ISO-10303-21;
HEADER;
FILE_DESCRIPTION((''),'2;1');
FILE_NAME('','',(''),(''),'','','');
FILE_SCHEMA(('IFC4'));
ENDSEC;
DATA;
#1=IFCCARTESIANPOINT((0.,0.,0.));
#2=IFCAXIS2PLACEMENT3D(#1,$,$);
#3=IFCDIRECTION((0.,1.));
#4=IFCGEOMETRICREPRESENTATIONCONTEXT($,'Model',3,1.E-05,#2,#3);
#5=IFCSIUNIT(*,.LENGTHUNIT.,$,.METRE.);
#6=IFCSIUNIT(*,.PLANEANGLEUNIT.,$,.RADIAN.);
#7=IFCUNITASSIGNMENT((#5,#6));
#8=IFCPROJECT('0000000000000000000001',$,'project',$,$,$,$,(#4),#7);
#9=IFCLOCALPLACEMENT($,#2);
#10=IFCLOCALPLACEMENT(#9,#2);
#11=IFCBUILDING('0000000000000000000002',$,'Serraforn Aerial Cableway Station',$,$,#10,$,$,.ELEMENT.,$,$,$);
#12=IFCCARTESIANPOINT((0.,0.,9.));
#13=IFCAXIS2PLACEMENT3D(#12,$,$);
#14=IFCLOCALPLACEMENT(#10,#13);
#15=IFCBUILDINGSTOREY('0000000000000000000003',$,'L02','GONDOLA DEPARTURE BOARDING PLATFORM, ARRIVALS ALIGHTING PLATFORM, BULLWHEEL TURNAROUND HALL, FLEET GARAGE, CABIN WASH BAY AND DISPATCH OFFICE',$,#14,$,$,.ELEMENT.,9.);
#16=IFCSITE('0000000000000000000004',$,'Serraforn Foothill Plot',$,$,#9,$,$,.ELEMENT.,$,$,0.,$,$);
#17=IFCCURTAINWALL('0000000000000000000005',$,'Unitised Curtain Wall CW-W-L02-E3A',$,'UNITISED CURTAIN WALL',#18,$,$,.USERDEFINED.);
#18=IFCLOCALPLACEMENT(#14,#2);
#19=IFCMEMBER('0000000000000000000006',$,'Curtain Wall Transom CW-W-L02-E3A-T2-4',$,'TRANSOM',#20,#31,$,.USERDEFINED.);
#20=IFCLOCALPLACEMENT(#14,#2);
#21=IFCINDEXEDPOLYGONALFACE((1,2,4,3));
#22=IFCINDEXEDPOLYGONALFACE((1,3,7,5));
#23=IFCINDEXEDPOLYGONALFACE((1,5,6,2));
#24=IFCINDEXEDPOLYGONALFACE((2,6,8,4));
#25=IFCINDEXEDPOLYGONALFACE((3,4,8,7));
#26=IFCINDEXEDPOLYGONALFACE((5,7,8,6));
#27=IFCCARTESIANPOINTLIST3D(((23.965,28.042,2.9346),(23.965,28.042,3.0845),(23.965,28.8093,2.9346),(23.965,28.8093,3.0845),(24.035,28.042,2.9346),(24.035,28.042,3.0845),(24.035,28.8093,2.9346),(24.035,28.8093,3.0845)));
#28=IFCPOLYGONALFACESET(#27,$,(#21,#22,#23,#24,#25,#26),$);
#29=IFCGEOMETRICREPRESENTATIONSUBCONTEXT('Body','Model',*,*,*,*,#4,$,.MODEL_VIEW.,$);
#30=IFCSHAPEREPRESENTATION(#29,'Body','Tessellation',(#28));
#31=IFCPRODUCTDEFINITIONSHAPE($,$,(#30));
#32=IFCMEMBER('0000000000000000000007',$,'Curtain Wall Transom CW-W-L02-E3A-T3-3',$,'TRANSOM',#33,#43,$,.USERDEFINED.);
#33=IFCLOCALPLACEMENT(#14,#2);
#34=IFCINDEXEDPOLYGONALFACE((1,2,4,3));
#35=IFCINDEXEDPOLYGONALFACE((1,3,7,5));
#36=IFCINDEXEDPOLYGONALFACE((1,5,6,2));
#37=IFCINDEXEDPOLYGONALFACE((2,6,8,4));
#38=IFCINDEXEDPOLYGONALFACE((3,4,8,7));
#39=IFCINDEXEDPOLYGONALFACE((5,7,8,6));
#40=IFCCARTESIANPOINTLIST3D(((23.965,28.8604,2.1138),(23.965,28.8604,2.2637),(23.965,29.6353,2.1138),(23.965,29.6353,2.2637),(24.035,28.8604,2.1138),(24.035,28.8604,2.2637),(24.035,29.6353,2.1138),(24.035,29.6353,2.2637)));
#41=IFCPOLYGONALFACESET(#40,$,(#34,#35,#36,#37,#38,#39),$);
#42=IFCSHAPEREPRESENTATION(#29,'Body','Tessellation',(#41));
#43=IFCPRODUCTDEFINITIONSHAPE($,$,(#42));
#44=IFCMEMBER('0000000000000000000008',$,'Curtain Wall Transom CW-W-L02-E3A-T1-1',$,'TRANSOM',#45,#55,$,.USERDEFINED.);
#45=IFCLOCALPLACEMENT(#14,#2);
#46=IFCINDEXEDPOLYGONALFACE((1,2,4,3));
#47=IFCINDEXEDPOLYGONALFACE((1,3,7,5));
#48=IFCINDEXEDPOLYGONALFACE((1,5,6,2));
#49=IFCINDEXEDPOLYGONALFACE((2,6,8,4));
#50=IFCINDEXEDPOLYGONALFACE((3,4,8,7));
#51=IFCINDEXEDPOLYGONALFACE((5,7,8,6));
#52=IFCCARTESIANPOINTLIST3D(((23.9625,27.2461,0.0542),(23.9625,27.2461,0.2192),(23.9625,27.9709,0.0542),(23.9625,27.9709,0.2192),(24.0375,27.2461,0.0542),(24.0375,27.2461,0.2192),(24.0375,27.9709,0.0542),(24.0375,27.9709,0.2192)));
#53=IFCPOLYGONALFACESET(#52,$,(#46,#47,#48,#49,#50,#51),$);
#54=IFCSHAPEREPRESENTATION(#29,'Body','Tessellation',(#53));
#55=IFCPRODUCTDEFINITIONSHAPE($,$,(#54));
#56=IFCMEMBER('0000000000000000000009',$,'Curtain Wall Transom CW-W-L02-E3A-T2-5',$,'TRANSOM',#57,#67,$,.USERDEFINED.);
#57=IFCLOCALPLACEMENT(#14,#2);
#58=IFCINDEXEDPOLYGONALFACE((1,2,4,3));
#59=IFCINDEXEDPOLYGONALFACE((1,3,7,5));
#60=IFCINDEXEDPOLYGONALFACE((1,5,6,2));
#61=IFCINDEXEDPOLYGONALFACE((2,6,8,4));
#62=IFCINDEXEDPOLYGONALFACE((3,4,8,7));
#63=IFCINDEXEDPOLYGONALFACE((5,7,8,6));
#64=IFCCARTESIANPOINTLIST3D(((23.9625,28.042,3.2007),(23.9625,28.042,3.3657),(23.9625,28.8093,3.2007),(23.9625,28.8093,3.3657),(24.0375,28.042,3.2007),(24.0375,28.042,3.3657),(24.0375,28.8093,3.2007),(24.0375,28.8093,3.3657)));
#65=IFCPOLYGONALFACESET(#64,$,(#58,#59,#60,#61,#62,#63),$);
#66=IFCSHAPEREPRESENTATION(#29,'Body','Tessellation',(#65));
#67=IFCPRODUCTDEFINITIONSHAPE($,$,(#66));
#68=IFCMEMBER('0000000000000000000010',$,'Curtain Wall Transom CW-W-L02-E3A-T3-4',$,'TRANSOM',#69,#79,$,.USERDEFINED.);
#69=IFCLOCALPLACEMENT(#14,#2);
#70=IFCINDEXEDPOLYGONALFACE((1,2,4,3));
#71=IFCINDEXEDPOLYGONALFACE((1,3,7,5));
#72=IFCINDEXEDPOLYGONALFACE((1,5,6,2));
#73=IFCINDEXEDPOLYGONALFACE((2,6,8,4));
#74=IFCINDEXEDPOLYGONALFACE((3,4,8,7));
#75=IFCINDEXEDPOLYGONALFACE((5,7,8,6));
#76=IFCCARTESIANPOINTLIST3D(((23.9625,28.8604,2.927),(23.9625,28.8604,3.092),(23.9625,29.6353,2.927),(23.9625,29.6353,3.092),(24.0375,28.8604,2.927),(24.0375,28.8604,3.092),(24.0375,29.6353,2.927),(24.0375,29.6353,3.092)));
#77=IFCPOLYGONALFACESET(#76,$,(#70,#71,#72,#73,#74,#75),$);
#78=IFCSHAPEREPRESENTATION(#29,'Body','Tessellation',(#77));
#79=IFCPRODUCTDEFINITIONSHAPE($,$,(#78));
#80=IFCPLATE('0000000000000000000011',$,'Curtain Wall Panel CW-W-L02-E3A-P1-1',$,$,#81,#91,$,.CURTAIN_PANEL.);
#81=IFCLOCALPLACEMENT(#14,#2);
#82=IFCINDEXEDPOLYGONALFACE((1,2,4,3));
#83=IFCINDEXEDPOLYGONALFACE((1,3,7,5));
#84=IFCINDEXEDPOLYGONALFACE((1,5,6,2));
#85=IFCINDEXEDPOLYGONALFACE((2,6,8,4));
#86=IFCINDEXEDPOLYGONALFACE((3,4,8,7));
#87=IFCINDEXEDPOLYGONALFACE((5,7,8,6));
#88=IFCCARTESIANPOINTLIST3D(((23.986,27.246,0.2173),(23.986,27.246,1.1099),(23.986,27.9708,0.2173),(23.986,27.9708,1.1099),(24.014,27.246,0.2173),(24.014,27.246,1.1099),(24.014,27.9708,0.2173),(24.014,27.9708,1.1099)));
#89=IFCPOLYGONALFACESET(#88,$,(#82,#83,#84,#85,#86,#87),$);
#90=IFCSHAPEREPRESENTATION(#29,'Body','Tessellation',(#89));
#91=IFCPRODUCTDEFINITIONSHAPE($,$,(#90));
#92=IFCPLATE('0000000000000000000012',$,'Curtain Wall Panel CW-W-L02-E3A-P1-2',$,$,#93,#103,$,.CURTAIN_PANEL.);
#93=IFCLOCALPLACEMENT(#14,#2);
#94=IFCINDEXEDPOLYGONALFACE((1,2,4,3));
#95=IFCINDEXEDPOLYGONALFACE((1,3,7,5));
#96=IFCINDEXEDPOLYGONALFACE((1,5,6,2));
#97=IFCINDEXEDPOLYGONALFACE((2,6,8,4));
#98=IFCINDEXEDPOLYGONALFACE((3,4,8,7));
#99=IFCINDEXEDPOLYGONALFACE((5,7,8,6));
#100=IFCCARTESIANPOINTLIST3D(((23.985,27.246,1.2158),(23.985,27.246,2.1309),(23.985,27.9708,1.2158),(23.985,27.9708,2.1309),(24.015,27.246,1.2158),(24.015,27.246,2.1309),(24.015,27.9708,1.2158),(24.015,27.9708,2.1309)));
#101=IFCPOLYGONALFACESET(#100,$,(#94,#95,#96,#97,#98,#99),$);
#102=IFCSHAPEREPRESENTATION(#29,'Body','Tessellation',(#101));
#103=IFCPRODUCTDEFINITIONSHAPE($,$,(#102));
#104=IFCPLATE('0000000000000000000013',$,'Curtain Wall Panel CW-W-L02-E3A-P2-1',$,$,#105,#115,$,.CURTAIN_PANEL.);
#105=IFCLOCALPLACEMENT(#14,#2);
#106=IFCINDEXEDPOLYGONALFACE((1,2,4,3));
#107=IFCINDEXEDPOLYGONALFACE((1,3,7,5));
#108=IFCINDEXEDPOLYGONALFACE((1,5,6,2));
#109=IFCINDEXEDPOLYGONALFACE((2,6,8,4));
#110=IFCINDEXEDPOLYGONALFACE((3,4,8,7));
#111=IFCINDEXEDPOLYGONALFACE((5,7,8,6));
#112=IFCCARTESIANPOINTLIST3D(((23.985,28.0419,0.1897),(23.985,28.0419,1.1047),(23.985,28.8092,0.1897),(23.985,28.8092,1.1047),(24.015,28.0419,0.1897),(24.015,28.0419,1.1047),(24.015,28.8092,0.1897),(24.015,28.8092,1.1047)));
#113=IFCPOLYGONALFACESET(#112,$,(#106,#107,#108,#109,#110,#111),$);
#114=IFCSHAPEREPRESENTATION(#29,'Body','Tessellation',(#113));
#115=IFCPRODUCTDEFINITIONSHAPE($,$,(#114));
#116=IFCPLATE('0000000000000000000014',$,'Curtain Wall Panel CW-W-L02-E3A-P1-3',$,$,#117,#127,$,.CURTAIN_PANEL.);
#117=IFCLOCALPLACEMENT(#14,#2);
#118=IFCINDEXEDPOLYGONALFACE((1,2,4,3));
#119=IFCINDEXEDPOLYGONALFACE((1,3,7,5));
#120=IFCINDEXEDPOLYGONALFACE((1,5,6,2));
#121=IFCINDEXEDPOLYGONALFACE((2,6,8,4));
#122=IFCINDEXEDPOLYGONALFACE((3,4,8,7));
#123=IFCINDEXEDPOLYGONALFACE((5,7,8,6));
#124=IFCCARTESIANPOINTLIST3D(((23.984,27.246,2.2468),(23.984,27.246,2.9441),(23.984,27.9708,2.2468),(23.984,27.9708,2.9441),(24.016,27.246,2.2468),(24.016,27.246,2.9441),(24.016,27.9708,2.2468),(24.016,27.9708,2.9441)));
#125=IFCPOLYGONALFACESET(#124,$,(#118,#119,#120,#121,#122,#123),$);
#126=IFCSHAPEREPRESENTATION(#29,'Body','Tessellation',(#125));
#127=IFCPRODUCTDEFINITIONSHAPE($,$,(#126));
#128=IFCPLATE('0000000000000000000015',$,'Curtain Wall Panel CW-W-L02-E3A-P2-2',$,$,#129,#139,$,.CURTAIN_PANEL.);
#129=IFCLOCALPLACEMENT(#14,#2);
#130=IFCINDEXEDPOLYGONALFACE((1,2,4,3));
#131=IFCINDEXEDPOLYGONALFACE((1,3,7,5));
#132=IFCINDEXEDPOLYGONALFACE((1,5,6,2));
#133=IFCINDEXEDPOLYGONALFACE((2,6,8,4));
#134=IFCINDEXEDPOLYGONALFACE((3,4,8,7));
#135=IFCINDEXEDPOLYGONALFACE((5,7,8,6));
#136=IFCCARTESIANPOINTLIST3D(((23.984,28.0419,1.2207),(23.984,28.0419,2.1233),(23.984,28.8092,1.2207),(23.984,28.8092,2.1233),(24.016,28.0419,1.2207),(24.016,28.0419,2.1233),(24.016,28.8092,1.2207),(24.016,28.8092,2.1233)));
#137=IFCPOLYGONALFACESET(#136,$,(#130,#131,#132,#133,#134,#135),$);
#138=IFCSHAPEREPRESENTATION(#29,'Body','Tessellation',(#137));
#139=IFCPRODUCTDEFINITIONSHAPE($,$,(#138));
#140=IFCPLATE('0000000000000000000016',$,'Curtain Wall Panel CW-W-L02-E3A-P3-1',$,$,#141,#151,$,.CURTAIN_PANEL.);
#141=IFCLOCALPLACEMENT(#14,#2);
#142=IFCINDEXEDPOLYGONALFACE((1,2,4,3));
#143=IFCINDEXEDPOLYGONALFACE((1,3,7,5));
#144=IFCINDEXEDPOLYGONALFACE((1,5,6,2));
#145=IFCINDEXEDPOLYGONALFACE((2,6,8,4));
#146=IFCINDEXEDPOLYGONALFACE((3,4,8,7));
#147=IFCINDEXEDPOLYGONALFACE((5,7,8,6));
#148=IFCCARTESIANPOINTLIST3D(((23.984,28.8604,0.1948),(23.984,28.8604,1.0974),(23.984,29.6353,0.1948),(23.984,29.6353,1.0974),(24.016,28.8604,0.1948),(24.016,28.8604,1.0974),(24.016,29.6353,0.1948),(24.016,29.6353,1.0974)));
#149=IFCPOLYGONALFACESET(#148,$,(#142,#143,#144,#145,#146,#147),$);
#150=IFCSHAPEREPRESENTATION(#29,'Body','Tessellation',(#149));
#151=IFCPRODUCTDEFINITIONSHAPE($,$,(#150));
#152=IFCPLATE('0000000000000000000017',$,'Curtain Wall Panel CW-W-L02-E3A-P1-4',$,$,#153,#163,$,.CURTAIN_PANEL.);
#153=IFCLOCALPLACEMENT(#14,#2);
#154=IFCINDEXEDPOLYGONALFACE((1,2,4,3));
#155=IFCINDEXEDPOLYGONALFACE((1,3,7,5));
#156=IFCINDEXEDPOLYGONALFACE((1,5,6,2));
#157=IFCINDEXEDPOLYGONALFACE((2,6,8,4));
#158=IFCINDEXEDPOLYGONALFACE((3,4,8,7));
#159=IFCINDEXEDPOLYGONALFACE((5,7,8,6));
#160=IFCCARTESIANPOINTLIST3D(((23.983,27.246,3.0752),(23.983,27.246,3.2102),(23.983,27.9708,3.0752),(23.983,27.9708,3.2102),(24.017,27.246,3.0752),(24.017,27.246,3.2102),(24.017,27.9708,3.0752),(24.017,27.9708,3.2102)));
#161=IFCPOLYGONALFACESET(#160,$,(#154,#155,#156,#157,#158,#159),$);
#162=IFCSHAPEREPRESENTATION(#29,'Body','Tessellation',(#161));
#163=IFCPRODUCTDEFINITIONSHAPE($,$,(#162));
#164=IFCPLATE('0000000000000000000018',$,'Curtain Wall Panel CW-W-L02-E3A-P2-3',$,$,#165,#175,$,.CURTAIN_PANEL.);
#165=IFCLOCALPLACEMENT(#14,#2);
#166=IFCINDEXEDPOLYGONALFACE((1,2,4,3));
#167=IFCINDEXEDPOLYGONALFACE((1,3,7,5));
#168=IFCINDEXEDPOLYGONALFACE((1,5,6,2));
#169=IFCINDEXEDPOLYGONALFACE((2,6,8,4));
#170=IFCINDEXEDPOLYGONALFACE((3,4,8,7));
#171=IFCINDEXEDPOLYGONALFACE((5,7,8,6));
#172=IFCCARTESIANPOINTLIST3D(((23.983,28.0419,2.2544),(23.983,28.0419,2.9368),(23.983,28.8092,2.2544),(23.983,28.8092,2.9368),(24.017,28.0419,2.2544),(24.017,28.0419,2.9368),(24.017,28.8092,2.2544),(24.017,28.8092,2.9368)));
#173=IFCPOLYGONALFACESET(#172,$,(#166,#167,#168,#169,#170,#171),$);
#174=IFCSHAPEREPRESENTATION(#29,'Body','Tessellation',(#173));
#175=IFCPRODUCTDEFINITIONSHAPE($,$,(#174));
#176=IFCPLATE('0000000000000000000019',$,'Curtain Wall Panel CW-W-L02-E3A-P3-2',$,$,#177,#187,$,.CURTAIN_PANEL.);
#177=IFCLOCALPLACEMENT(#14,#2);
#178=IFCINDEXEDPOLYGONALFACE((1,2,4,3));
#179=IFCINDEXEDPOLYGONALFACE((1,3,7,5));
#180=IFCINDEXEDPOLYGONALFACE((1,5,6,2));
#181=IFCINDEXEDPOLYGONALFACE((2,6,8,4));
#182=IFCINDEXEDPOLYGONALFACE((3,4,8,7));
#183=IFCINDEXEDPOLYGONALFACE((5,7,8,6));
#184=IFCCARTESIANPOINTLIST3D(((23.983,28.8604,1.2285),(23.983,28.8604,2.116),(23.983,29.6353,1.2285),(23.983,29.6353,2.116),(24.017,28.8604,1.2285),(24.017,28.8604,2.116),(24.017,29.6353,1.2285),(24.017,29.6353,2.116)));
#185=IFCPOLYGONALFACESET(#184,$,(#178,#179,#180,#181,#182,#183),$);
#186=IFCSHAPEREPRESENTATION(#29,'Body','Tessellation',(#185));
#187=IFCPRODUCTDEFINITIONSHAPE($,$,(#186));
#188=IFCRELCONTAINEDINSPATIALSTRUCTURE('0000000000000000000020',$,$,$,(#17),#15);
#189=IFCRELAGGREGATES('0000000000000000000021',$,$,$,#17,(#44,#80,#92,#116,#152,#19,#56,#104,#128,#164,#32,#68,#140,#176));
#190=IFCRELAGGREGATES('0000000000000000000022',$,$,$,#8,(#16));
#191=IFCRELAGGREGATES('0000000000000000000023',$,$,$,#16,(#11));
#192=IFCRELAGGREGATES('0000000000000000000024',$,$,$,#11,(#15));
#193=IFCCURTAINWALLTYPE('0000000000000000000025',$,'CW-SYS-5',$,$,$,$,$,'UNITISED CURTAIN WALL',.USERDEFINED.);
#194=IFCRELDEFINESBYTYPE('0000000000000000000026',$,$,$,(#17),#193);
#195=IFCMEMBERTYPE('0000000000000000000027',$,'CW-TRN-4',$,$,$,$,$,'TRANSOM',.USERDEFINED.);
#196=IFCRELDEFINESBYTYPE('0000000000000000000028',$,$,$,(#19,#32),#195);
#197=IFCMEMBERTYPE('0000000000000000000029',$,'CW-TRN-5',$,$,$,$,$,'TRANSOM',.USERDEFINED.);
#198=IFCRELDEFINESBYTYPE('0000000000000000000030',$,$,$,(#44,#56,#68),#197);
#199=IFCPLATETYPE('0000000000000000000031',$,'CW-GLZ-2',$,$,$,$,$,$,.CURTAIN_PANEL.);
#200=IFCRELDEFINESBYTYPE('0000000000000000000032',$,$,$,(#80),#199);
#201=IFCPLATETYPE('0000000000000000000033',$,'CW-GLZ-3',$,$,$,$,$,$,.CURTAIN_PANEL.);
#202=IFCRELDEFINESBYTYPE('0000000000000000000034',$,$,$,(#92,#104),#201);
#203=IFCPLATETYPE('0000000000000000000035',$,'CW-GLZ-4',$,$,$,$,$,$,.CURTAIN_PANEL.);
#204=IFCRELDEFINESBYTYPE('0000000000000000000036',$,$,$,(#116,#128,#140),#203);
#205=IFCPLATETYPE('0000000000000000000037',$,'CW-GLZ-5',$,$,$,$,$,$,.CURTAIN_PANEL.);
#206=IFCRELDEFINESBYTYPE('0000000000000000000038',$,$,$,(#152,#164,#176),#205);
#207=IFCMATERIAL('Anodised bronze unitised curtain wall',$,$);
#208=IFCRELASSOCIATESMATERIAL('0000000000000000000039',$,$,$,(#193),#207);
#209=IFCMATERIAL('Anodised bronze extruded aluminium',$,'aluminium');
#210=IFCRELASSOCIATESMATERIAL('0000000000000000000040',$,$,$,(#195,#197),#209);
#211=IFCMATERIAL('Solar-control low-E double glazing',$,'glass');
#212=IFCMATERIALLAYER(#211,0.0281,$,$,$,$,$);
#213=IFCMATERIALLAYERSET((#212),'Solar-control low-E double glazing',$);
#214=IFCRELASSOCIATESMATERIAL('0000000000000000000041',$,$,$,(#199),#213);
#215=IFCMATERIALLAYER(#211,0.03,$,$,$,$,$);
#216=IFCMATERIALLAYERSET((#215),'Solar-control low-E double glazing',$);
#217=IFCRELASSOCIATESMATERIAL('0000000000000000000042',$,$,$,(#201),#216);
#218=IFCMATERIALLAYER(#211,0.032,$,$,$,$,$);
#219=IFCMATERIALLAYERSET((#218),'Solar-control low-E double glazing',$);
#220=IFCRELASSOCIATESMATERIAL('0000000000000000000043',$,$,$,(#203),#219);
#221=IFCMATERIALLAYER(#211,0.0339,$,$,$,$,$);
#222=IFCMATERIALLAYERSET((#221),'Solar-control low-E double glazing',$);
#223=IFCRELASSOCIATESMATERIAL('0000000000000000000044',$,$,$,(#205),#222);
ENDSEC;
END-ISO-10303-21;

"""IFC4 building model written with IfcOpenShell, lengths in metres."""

from ifc_helpers import new_model, si_unit, direction, frame, origin, origin_2d, place, context, subcontext, project, spatial, rectangle, extrude, material, layer, layer_set, material_profile, profile_set, type_object, element, aggregate, save


model = new_model("IFC4")

# Units and contexts
model_context = context("Model", 3, precision=1e-05, world=origin(), true_north=direction((0.0, 1.0)))
body_context = subcontext(model_context, "Body", "Model", "MODEL_VIEW")
ifc_project = project(units=[si_unit("LENGTHUNIT", "METRE"), si_unit("PLANEANGLEUNIT", "RADIAN")], contexts=[model_context])

# Site, building, storey
site_placement = place(None, origin())
site = spatial("IfcSite", under=ifc_project, at=site_placement, Name="Serraforn Foothill Plot", CompositionType="ELEMENT", RefElevation=0.0)
building_placement = place(site_placement, origin())
building = spatial("IfcBuilding", under=site, at=building_placement, Name="Serraforn Aerial Cableway Station", CompositionType="ELEMENT")
storey_placement = place(building_placement, frame((0.0, 0.0, 9.0)))
storey = spatial("IfcBuildingStorey", under=building, at=storey_placement, Name="L02", Description="GONDOLA DEPARTURE BOARDING PLATFORM, ARRIVALS ALIGHTING PLATFORM, BULLWHEEL TURNAROUND HALL, FLEET GARAGE, CABIN WASH BAY AND DISPATCH OFFICE", CompositionType="ELEMENT", Elevation=9.0)

# Curtain wall, members, plates
ifc_material_1 = material(Name="Anodised bronze unitised curtain wall")
curtain_wall_type = type_object("IfcCurtainWallType", Name="CW-SYS-5", ElementType="UNITISED CURTAIN WALL", PredefinedType="USERDEFINED", material=ifc_material_1)
curtain_wall_placement = place(storey_placement, origin())
curtain_wall = element("IfcCurtainWall", 1, at=curtain_wall_placement, inside=storey, type_object=curtain_wall_type, Name="Unitised Curtain Wall CW-W-L02-E3A", ObjectType="UNITISED CURTAIN WALL", PredefinedType="USERDEFINED")
ifc_material_2 = material(Name="Anodised bronze extruded aluminium", Category="aluminium")
ifc_material_profile_1 = material_profile(ifc_material_2, rectangle(XDim=0.0701, YDim=0.1499, at=origin_2d()), Name="CW TRANSOM 70x150")
ifc_profile_set_1 = profile_set([ifc_material_profile_1], Name="Anodised bronze extruded aluminium")
member_type_1 = type_object("IfcMemberType", Name="CW-TRN-4", ElementType="TRANSOM", PredefinedType="USERDEFINED", material=ifc_profile_set_1)
member_1_placement = place(storey_placement, frame((24.0, 28.042, 3.0095), z_axis=(0.0, 1.0, 0.0), x_axis=(-1.0, 0.0, 0.0)))
member_1 = element("IfcMember", 2, at=member_1_placement, type_object=member_type_1, Name="Curtain Wall Transom CW-W-L02-E3A-T2-4", ObjectType="TRANSOM", PredefinedType="USERDEFINED", context=body_context, shape_type="SweptSolid", body=[
    extrude(rectangle(XDim=0.0701, YDim=0.1499, at=origin_2d()), origin(), (0.0, 0.0, 1.0), 0.7673),
])
member_2_placement = place(storey_placement, frame((24.0, 28.8604, 2.1887), z_axis=(0.0, 1.0, 0.0), x_axis=(-1.0, 0.0, 0.0)))
member_2 = element("IfcMember", 3, at=member_2_placement, type_object=member_type_1, Name="Curtain Wall Transom CW-W-L02-E3A-T3-3", ObjectType="TRANSOM", PredefinedType="USERDEFINED", context=body_context, shape_type="SweptSolid", body=[
    extrude(rectangle(XDim=0.0701, YDim=0.1499, at=origin_2d()), origin(), (0.0, 0.0, 1.0), 0.7749),
])
ifc_material_profile_2 = material_profile(ifc_material_2, rectangle(XDim=0.075, YDim=0.165, at=origin_2d()), Name="CW TRANSOM 75x165")
ifc_profile_set_2 = profile_set([ifc_material_profile_2], Name="Anodised bronze extruded aluminium")
member_type_2 = type_object("IfcMemberType", Name="CW-TRN-5", ElementType="TRANSOM", PredefinedType="USERDEFINED", material=ifc_profile_set_2)
member_3_placement = place(storey_placement, frame((24.0, 27.2461, 0.1367), z_axis=(0.0, 1.0, 0.0), x_axis=(-1.0, 0.0, 0.0)))
member_3 = element("IfcMember", 4, at=member_3_placement, type_object=member_type_2, Name="Curtain Wall Transom CW-W-L02-E3A-T1-1", ObjectType="TRANSOM", PredefinedType="USERDEFINED", context=body_context, shape_type="SweptSolid", body=[
    extrude(rectangle(XDim=0.075, YDim=0.165, at=origin_2d()), origin(), (0.0, 0.0, 1.0), 0.7249),
])
member_4_placement = place(storey_placement, frame((24.0, 28.042, 3.2832), z_axis=(0.0, 1.0, 0.0), x_axis=(-1.0, 0.0, 0.0)))
member_4 = element("IfcMember", 5, at=member_4_placement, type_object=member_type_2, Name="Curtain Wall Transom CW-W-L02-E3A-T2-5", ObjectType="TRANSOM", PredefinedType="USERDEFINED", context=body_context, shape_type="SweptSolid", body=[
    extrude(rectangle(XDim=0.075, YDim=0.165, at=origin_2d()), origin(), (0.0, 0.0, 1.0), 0.7673),
])
member_5_placement = place(storey_placement, frame((24.0, 28.8604, 3.0095), z_axis=(0.0, 1.0, 0.0), x_axis=(-1.0, 0.0, 0.0)))
member_5 = element("IfcMember", 6, at=member_5_placement, type_object=member_type_2, Name="Curtain Wall Transom CW-W-L02-E3A-T3-4", ObjectType="TRANSOM", PredefinedType="USERDEFINED", context=body_context, shape_type="SweptSolid", body=[
    extrude(rectangle(XDim=0.075, YDim=0.165, at=origin_2d()), origin(), (0.0, 0.0, 1.0), 0.7749),
])
ifc_material_3 = material(Name="Solar-control low-E double glazing", Category="glass")
ifc_layer_1 = layer(ifc_material_3, 0.0281)
ifc_layer_set_1 = layer_set([ifc_layer_1], Name="Solar-control low-E double glazing")
plate_type_1 = type_object("IfcPlateType", Name="CW-GLZ-2", PredefinedType="CURTAIN_PANEL", material=ifc_layer_set_1)
plate_1_placement = place(storey_placement, frame((24.0, 27.6084, 0.2173), z_axis=(0.0, 0.0, 1.0), x_axis=(1.0, 0.0, 0.0)))
plate_1 = element("IfcPlate", 7, at=plate_1_placement, type_object=plate_type_1, Name="Curtain Wall Panel CW-W-L02-E3A-P1-1", PredefinedType="CURTAIN_PANEL", context=body_context, shape_type="SweptSolid", body=[
    extrude(rectangle(XDim=0.0281, YDim=0.7249, at=origin_2d()), origin(), (0.0, 0.0, 1.0), 0.8926),
])
ifc_layer_2 = layer(ifc_material_3, 0.03)
ifc_layer_set_2 = layer_set([ifc_layer_2], Name="Solar-control low-E double glazing")
plate_type_2 = type_object("IfcPlateType", Name="CW-GLZ-3", PredefinedType="CURTAIN_PANEL", material=ifc_layer_set_2)
plate_2_placement = place(storey_placement, frame((24.0, 27.6084, 1.2158), z_axis=(0.0, 0.0, 1.0), x_axis=(1.0, 0.0, 0.0)))
plate_2 = element("IfcPlate", 8, at=plate_2_placement, type_object=plate_type_2, Name="Curtain Wall Panel CW-W-L02-E3A-P1-2", PredefinedType="CURTAIN_PANEL", context=body_context, shape_type="SweptSolid", body=[
    extrude(rectangle(XDim=0.03, YDim=0.7249, at=origin_2d()), origin(), (0.0, 0.0, 1.0), 0.915),
])
plate_3_placement = place(storey_placement, frame((24.0, 28.4255, 0.1897), z_axis=(0.0, 0.0, 1.0), x_axis=(1.0, 0.0, 0.0)))
plate_3 = element("IfcPlate", 9, at=plate_3_placement, type_object=plate_type_2, Name="Curtain Wall Panel CW-W-L02-E3A-P2-1", PredefinedType="CURTAIN_PANEL", context=body_context, shape_type="SweptSolid", body=[
    extrude(rectangle(XDim=0.03, YDim=0.7673, at=origin_2d()), origin(), (0.0, 0.0, 1.0), 0.915),
])
ifc_layer_3 = layer(ifc_material_3, 0.032)
ifc_layer_set_3 = layer_set([ifc_layer_3], Name="Solar-control low-E double glazing")
plate_type_3 = type_object("IfcPlateType", Name="CW-GLZ-4", PredefinedType="CURTAIN_PANEL", material=ifc_layer_set_3)
plate_4_placement = place(storey_placement, frame((24.0, 27.6084, 2.2468), z_axis=(0.0, 0.0, 1.0), x_axis=(1.0, 0.0, 0.0)))
plate_4 = element("IfcPlate", 10, at=plate_4_placement, type_object=plate_type_3, Name="Curtain Wall Panel CW-W-L02-E3A-P1-3", PredefinedType="CURTAIN_PANEL", context=body_context, shape_type="SweptSolid", body=[
    extrude(rectangle(XDim=0.032, YDim=0.7249, at=origin_2d()), origin(), (0.0, 0.0, 1.0), 0.6973),
])
plate_5_placement = place(storey_placement, frame((24.0, 28.4255, 1.2207), z_axis=(0.0, 0.0, 1.0), x_axis=(1.0, 0.0, 0.0)))
plate_5 = element("IfcPlate", 11, at=plate_5_placement, type_object=plate_type_3, Name="Curtain Wall Panel CW-W-L02-E3A-P2-2", PredefinedType="CURTAIN_PANEL", context=body_context, shape_type="SweptSolid", body=[
    extrude(rectangle(XDim=0.032, YDim=0.7673, at=origin_2d()), origin(), (0.0, 0.0, 1.0), 0.9026),
])
plate_6_placement = place(storey_placement, frame((24.0, 29.2478, 0.1948), z_axis=(0.0, 0.0, 1.0), x_axis=(1.0, 0.0, 0.0)))
plate_6 = element("IfcPlate", 12, at=plate_6_placement, type_object=plate_type_3, Name="Curtain Wall Panel CW-W-L02-E3A-P3-1", PredefinedType="CURTAIN_PANEL", context=body_context, shape_type="SweptSolid", body=[
    extrude(rectangle(XDim=0.032, YDim=0.7749, at=origin_2d()), origin(), (0.0, 0.0, 1.0), 0.9026),
])
ifc_layer_4 = layer(ifc_material_3, 0.0339)
ifc_layer_set_4 = layer_set([ifc_layer_4], Name="Solar-control low-E double glazing")
plate_type_4 = type_object("IfcPlateType", Name="CW-GLZ-5", PredefinedType="CURTAIN_PANEL", material=ifc_layer_set_4)
plate_7_placement = place(storey_placement, frame((24.0, 27.6084, 3.0752), z_axis=(0.0, 0.0, 1.0), x_axis=(1.0, 0.0, 0.0)))
plate_7 = element("IfcPlate", 13, at=plate_7_placement, type_object=plate_type_4, Name="Curtain Wall Panel CW-W-L02-E3A-P1-4", PredefinedType="CURTAIN_PANEL", context=body_context, shape_type="SweptSolid", body=[
    extrude(rectangle(XDim=0.0339, YDim=0.7249, at=origin_2d()), origin(), (0.0, 0.0, 1.0), 0.135),
])
plate_8_placement = place(storey_placement, frame((24.0, 28.4255, 2.2544), z_axis=(0.0, 0.0, 1.0), x_axis=(1.0, 0.0, 0.0)))
plate_8 = element("IfcPlate", 14, at=plate_8_placement, type_object=plate_type_4, Name="Curtain Wall Panel CW-W-L02-E3A-P2-3", PredefinedType="CURTAIN_PANEL", context=body_context, shape_type="SweptSolid", body=[
    extrude(rectangle(XDim=0.0339, YDim=0.7673, at=origin_2d()), origin(), (0.0, 0.0, 1.0), 0.6824),
])
plate_9_placement = place(storey_placement, frame((24.0, 29.2478, 1.2285), z_axis=(0.0, 0.0, 1.0), x_axis=(1.0, 0.0, 0.0)))
plate_9 = element("IfcPlate", 15, at=plate_9_placement, type_object=plate_type_4, Name="Curtain Wall Panel CW-W-L02-E3A-P3-2", PredefinedType="CURTAIN_PANEL", context=body_context, shape_type="SweptSolid", body=[
    extrude(rectangle(XDim=0.0339, YDim=0.7749, at=origin_2d()), origin(), (0.0, 0.0, 1.0), 0.8875),
])
aggregate(curtain_wall, [member_3, plate_1, plate_2, plate_4, plate_7, member_1, member_4, plate_3, plate_5, plate_8, member_2, member_5, plate_6, plate_9])

save(model, "model.ifc")
